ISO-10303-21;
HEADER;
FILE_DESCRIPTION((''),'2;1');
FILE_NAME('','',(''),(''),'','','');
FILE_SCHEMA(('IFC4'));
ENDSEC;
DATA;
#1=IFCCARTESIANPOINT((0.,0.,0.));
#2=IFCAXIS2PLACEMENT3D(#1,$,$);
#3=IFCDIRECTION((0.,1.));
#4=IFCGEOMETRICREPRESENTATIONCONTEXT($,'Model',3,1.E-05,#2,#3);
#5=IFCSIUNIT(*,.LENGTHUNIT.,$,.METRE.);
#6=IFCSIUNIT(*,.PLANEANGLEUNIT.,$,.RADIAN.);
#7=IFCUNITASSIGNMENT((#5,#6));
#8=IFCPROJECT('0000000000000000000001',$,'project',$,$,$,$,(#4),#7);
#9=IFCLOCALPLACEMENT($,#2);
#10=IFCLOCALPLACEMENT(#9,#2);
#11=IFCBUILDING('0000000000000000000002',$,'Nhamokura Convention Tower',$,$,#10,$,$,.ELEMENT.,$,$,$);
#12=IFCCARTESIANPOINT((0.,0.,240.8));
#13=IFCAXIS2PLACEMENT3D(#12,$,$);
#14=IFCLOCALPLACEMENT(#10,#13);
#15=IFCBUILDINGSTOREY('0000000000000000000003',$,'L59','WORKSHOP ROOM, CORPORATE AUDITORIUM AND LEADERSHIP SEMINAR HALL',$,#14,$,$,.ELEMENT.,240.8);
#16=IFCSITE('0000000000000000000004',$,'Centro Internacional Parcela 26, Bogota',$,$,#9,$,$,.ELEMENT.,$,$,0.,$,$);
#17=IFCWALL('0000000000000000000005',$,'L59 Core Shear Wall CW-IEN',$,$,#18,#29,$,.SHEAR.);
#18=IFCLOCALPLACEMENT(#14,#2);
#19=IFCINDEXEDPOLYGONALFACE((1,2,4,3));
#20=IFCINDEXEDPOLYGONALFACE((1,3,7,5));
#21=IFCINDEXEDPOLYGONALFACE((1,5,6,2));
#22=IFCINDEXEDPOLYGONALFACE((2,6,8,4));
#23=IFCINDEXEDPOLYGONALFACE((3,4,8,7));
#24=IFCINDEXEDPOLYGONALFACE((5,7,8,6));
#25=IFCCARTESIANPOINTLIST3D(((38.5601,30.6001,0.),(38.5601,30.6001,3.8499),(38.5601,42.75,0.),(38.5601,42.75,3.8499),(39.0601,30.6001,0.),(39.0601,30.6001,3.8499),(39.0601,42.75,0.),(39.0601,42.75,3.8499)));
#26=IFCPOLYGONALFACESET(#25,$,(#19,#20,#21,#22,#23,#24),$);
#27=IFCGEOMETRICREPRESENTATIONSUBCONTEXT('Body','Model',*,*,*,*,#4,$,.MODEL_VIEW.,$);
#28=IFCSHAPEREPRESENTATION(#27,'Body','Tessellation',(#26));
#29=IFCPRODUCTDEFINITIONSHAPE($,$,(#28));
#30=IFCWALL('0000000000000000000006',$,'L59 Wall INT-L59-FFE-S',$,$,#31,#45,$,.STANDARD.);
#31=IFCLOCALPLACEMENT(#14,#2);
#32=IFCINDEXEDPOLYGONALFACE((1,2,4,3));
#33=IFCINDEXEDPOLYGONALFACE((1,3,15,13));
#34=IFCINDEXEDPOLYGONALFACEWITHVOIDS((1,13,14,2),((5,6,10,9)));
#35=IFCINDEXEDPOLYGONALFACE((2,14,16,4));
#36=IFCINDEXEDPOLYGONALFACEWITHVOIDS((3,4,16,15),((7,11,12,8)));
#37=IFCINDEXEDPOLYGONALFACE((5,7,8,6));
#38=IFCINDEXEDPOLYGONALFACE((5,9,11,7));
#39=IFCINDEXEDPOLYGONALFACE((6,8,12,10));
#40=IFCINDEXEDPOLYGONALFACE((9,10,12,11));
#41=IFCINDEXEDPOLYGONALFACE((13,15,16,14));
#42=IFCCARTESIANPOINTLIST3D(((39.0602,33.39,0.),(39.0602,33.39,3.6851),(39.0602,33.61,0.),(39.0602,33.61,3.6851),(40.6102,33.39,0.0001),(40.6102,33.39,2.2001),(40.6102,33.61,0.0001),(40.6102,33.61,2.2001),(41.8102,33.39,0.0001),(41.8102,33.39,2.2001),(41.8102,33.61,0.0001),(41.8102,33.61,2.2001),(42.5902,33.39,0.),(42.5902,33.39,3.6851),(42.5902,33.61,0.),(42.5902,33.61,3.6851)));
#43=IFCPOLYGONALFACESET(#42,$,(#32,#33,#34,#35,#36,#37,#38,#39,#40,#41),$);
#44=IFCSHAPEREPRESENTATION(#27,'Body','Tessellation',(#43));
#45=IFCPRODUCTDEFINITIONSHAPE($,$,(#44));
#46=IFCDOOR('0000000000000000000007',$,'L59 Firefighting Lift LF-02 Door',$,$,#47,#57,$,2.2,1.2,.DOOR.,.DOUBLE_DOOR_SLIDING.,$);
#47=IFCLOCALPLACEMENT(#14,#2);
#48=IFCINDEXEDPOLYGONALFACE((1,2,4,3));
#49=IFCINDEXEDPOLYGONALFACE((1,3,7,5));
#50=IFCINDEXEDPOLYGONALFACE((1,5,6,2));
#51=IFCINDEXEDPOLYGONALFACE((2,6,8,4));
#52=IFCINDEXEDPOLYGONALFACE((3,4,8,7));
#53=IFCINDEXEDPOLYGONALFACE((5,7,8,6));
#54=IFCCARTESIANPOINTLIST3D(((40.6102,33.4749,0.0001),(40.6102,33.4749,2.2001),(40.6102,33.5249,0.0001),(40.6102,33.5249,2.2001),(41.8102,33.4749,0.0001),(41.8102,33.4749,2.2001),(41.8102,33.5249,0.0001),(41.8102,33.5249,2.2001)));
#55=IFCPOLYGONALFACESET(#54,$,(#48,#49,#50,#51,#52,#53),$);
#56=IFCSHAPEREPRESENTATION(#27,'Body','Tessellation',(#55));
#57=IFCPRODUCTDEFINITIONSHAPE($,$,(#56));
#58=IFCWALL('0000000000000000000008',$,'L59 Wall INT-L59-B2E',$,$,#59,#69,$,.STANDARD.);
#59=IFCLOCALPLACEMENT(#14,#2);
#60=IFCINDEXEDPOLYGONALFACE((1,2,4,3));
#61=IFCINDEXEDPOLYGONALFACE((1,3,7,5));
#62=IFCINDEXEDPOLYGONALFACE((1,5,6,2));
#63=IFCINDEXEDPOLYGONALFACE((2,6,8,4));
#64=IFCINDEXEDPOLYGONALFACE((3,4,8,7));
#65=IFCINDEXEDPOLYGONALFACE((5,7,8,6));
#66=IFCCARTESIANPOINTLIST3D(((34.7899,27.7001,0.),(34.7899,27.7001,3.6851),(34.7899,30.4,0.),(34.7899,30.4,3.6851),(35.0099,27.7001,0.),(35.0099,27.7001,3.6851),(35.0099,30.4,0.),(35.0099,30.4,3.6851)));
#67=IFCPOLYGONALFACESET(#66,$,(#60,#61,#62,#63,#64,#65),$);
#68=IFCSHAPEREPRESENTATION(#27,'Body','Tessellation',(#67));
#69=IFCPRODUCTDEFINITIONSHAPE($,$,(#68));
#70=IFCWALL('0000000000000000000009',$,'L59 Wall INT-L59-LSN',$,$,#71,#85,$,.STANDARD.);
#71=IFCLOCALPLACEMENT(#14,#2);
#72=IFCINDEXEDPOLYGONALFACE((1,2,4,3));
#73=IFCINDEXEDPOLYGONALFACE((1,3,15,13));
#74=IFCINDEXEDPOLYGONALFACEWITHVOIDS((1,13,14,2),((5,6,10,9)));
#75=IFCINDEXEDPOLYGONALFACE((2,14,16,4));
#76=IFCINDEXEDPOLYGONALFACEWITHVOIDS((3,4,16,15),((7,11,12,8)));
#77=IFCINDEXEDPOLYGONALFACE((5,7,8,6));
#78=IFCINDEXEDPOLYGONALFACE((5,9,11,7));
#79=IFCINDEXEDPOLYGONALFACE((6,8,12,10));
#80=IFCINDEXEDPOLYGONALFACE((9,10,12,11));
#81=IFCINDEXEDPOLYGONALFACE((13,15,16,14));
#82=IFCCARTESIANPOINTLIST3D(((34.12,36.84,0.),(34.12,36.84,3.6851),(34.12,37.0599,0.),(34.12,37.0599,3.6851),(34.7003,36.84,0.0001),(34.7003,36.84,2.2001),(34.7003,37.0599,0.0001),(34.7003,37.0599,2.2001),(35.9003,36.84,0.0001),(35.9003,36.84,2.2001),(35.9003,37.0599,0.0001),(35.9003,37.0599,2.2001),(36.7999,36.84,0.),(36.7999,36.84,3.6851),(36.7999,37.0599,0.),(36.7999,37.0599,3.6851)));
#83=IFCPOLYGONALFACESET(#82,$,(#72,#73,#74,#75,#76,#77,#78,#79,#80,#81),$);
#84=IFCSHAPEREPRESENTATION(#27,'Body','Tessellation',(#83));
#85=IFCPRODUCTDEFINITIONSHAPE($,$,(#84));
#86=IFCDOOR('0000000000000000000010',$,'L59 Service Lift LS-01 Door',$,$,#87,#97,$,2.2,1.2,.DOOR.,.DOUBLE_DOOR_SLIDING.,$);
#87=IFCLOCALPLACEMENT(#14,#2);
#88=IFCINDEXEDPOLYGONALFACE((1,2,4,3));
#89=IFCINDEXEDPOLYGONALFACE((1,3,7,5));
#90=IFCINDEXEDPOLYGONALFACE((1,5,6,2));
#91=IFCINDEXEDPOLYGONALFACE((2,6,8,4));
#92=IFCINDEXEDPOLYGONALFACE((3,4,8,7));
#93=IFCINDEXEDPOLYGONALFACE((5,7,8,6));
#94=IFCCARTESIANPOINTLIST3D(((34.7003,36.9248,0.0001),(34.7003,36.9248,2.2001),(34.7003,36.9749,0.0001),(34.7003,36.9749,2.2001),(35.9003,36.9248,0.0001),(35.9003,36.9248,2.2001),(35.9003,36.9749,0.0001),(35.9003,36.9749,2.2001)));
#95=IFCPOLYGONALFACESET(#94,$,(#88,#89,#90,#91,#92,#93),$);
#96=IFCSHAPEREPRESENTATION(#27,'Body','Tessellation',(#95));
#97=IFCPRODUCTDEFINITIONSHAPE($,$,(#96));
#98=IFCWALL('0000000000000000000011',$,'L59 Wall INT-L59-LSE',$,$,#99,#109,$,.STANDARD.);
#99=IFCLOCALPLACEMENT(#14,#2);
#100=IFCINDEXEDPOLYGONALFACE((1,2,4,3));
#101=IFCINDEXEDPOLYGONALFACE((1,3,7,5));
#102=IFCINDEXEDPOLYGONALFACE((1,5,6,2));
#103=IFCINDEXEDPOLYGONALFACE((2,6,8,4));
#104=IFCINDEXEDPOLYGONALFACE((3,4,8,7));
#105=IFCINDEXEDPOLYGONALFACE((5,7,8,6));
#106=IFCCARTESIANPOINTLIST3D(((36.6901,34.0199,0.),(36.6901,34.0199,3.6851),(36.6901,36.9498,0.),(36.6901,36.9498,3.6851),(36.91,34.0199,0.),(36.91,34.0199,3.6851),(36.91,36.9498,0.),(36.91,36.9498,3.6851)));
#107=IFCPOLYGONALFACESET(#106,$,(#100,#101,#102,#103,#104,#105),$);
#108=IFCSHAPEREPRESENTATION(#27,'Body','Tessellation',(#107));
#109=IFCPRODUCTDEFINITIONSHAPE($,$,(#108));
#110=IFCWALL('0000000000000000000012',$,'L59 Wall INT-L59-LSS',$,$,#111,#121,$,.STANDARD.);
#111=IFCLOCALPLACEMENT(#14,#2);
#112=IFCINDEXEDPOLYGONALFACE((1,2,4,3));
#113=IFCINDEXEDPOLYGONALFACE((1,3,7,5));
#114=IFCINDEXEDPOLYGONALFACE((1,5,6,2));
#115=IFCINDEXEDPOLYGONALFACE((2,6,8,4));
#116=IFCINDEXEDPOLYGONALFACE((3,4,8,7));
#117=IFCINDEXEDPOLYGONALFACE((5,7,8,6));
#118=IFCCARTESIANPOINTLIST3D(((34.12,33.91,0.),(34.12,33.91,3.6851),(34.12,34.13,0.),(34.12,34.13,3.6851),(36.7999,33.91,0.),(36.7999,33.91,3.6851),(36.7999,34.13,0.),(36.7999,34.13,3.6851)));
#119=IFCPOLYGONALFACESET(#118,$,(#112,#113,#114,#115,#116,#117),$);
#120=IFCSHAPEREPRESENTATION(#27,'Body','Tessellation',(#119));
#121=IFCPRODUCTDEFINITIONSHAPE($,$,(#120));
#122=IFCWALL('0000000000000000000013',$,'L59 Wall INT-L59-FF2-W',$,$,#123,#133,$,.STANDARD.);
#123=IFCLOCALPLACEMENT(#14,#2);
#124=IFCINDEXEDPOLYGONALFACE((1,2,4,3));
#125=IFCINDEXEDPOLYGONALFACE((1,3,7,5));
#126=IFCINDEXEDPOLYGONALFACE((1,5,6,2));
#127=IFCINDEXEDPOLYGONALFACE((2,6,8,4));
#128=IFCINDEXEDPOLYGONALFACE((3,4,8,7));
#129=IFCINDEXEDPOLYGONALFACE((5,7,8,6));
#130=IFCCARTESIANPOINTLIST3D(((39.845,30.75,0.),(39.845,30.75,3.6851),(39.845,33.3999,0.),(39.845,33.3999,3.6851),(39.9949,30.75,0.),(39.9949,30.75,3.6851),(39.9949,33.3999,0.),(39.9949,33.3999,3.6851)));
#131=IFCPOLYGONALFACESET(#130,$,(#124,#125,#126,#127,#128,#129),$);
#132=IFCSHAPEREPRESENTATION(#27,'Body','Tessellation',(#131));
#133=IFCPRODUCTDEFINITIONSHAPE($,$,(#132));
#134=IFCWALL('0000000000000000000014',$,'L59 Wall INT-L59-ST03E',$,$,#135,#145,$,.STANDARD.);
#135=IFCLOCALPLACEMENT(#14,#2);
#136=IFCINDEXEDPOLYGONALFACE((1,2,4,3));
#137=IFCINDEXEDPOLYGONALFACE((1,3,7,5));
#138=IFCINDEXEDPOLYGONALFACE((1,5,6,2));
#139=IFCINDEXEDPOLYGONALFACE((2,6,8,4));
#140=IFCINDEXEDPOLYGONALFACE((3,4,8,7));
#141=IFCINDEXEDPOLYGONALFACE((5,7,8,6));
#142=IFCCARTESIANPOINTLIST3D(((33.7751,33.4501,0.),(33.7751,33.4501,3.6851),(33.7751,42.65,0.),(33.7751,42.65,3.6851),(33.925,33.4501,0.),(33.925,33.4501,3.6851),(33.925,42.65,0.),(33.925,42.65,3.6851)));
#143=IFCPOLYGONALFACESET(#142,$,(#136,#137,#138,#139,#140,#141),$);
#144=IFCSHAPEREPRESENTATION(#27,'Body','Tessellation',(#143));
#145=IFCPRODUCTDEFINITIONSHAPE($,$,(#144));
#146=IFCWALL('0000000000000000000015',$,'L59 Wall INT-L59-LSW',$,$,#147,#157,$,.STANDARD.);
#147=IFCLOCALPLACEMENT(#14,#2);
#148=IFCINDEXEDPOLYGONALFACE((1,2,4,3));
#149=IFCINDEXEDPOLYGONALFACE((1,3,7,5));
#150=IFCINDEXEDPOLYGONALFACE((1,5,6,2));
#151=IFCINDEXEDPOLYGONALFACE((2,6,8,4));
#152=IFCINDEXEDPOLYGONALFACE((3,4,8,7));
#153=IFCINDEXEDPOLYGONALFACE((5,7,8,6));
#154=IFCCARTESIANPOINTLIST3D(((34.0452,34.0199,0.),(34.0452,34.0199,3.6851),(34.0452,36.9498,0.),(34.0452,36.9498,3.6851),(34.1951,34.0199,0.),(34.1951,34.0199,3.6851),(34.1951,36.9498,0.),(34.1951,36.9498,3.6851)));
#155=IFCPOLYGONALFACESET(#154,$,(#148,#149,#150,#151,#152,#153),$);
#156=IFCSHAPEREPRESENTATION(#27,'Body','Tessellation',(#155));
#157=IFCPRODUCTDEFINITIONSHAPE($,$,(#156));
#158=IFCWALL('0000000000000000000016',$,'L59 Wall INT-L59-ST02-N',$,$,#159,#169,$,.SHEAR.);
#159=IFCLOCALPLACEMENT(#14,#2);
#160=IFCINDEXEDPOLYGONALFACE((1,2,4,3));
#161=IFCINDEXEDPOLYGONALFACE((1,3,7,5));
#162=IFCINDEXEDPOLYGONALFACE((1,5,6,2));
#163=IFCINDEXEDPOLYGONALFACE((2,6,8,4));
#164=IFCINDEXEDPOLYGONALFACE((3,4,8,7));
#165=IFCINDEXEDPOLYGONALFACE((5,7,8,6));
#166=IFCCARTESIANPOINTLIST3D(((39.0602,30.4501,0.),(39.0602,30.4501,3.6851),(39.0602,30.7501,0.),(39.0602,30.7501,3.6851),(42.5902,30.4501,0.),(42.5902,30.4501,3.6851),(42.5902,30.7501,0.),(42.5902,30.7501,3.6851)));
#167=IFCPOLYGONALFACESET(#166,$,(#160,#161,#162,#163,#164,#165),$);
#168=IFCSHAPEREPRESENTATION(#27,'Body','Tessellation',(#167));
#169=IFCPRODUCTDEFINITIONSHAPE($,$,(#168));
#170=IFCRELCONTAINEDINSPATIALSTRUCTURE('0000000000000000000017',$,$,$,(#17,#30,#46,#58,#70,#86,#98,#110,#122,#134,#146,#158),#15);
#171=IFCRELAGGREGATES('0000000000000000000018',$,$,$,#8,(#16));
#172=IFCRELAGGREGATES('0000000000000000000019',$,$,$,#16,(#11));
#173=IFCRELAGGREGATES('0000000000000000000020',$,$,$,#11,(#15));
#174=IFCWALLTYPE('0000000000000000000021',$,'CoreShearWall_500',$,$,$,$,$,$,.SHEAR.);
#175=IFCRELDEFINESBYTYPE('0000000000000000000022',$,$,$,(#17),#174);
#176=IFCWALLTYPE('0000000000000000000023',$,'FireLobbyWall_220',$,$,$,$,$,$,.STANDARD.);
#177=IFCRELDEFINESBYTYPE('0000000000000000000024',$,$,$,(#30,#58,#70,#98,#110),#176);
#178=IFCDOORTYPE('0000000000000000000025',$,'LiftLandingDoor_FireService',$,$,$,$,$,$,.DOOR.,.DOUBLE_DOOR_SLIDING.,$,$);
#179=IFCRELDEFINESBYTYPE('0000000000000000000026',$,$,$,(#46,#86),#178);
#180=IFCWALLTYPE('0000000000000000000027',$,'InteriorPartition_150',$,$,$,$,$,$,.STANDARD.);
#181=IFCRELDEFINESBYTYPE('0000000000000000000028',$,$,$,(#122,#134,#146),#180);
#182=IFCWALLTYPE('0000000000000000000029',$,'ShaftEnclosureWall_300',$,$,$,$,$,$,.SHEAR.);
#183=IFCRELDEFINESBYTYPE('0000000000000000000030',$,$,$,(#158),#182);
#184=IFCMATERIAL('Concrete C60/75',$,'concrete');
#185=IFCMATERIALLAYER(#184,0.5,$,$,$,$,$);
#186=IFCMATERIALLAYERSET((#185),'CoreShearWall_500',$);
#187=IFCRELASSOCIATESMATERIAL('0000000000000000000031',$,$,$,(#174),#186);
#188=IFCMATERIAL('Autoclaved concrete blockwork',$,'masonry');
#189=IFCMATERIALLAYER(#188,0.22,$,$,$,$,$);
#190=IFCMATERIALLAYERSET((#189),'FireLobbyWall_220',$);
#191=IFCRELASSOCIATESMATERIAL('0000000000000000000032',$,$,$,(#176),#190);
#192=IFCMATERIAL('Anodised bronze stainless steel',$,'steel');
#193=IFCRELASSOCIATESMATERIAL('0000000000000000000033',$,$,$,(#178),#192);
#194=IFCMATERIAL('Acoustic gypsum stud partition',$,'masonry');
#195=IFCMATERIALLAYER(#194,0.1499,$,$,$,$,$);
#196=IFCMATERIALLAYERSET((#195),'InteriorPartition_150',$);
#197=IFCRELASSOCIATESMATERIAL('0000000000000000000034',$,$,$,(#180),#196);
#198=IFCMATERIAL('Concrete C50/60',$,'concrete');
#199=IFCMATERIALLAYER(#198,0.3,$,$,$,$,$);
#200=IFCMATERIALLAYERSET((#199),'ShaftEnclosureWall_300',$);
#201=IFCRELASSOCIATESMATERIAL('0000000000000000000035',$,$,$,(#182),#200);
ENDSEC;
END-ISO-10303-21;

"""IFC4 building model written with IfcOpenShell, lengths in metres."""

from ifc_helpers import new_model, si_unit, direction, frame, frame_2d, origin, place, context, subcontext, project, spatial, rectangle, extrude, material, layer, layer_set, type_object, element, fill, save


model = new_model("IFC4")

# Units and contexts
model_context = context("Model", 3, precision=1e-05, world=origin(), true_north=direction((0.0, 1.0)))
body_context = subcontext(model_context, "Body", "Model", "MODEL_VIEW")
ifc_project = project(units=[si_unit("LENGTHUNIT", "METRE"), si_unit("PLANEANGLEUNIT", "RADIAN")], contexts=[model_context])

# Site, building, storey
site_placement = place(None, origin())
site = spatial("IfcSite", under=ifc_project, at=site_placement, Name="Centro Internacional Parcela 26, Bogota", CompositionType="ELEMENT", RefElevation=0.0)
building_placement = place(site_placement, origin())
building = spatial("IfcBuilding", under=site, at=building_placement, Name="Nhamokura Convention Tower", CompositionType="ELEMENT")
storey_placement = place(building_placement, frame((0.0, 0.0, 240.8)))
storey = spatial("IfcBuildingStorey", under=building, at=storey_placement, Name="L59", Description="WORKSHOP ROOM, CORPORATE AUDITORIUM AND LEADERSHIP SEMINAR HALL", CompositionType="ELEMENT", Elevation=240.8)

# Shared definitions
ifc_material_1 = material(Name="Concrete C60/75", Category="concrete")
ifc_layer_1 = layer(ifc_material_1, 0.5)
ifc_layer_set_1 = layer_set([ifc_layer_1], Name="CoreShearWall_500")
wall_type_1 = type_object("IfcWallType", Name="CoreShearWall_500", PredefinedType="SHEAR", material=ifc_layer_set_1)

# Wall
wall_1_placement = place(storey_placement, frame((38.8101, 30.6001, 0.0), z_axis=(0.0, 0.0, 1.0), x_axis=(0.0, 1.0, 0.0)))
element("IfcWall", 1, at=wall_1_placement, inside=storey, type_object=wall_type_1, Name="L59 Core Shear Wall CW-IEN", PredefinedType="SHEAR", context=body_context, shape_type="SweptSolid", body=[
    extrude(rectangle(XDim=12.1499, YDim=0.5, at=frame_2d((6.075, 0.0))), origin(), (0.0, 0.0, 1.0), 3.8499),
])

# Wall, opening, door
ifc_material_2 = material(Name="Autoclaved concrete blockwork", Category="masonry")
ifc_layer_2 = layer(ifc_material_2, 0.22)
ifc_layer_set_2 = layer_set([ifc_layer_2], Name="FireLobbyWall_220")
wall_type_2 = type_object("IfcWallType", Name="FireLobbyWall_220", PredefinedType="STANDARD", material=ifc_layer_set_2)
wall_2_placement = place(storey_placement, frame((39.0601, 33.5, 0.0), z_axis=(0.0, 0.0, 1.0), x_axis=(1.0, 0.0, 0.0)))
wall_2 = element("IfcWall", 2, at=wall_2_placement, inside=storey, type_object=wall_type_2, Name="L59 Wall INT-L59-FFE-S", PredefinedType="STANDARD", context=body_context, shape_type="SweptSolid", body=[
    extrude(rectangle(XDim=3.53, YDim=0.22, at=frame_2d((1.7651, 0.0))), origin(), (0.0, 0.0, 1.0), 3.6851),
])
opening_1_placement = place(wall_2_placement, frame((1.55, 0.0, 0.0)))
opening_1 = element("IfcOpeningElement", 3, at=opening_1_placement, cuts=wall_2, PredefinedType="OPENING", context=body_context, shape_type="SweptSolid", body=[
    extrude(rectangle(XDim=1.2, YDim=2.2, at=frame_2d((0.6001, 1.1001))), frame((0.0, 0.1199, 0.0), z_axis=(0.0, -1.0, 0.0), x_axis=(1.0, 0.0, 0.0)), (0.0, 0.0, 1.0), 0.24),
])
ifc_material_3 = material(Name="Anodised bronze stainless steel", Category="steel")
door_type_1 = type_object("IfcDoorType", Name="LiftLandingDoor_FireService", OperationType="DOUBLE_DOOR_SLIDING", PredefinedType="DOOR", material=ifc_material_3)
door_1_placement = place(opening_1_placement, origin())
door_1 = element("IfcDoor", 4, at=door_1_placement, inside=storey, type_object=door_type_1, Name="L59 Firefighting Lift LF-02 Door", OperationType="DOUBLE_DOOR_SLIDING", OverallHeight=2.2, OverallWidth=1.2, PredefinedType="DOOR", context=body_context, shape_type="SweptSolid", body=[
    extrude(rectangle(XDim=1.2, YDim=2.2, at=frame_2d((0.6001, 1.1001))), frame((0.0, 0.0249, 0.0), z_axis=(0.0, -1.0, 0.0), x_axis=(1.0, 0.0, 0.0)), (0.0, 0.0, 1.0), 0.05),
])
fill(opening_1, door_1)

# Wall
wall_3_placement = place(storey_placement, frame((34.8999, 27.7, 0.0), z_axis=(0.0, 0.0, 1.0), x_axis=(0.0, 1.0, 0.0)))
element("IfcWall", 5, at=wall_3_placement, inside=storey, type_object=wall_type_2, Name="L59 Wall INT-L59-B2E", PredefinedType="STANDARD", context=body_context, shape_type="SweptSolid", body=[
    extrude(rectangle(XDim=2.7, YDim=0.22, at=frame_2d((1.3501, 0.0))), origin(), (0.0, 0.0, 1.0), 3.6851),
])

# Wall, opening, door
wall_4_placement = place(storey_placement, frame((34.1201, 36.95, 0.0), z_axis=(0.0, 0.0, 1.0), x_axis=(1.0, 0.0, 0.0)))
wall_4 = element("IfcWall", 6, at=wall_4_placement, inside=storey, type_object=wall_type_2, Name="L59 Wall INT-L59-LSN", PredefinedType="STANDARD", context=body_context, shape_type="SweptSolid", body=[
    extrude(rectangle(XDim=2.6799, YDim=0.22, at=frame_2d((1.3398, 0.0))), origin(), (0.0, 0.0, 1.0), 3.6851),
])
opening_2_placement = place(wall_4_placement, frame((0.5801, 0.0, 0.0)))
opening_2 = element("IfcOpeningElement", 7, at=opening_2_placement, cuts=wall_4, PredefinedType="OPENING", context=body_context, shape_type="SweptSolid", body=[
    extrude(rectangle(XDim=1.2, YDim=2.2, at=frame_2d((0.6001, 1.1001))), frame((0.0, 0.1199, 0.0), z_axis=(0.0, -1.0, 0.0), x_axis=(1.0, 0.0, 0.0)), (0.0, 0.0, 1.0), 0.24),
])
door_2_placement = place(opening_2_placement, origin())
door_2 = element("IfcDoor", 8, at=door_2_placement, inside=storey, type_object=door_type_1, Name="L59 Service Lift LS-01 Door", OperationType="DOUBLE_DOOR_SLIDING", OverallHeight=2.2, OverallWidth=1.2, PredefinedType="DOOR", context=body_context, shape_type="SweptSolid", body=[
    extrude(rectangle(XDim=1.2, YDim=2.2, at=frame_2d((0.6001, 1.1001))), frame((0.0, 0.0249, 0.0), z_axis=(0.0, -1.0, 0.0), x_axis=(1.0, 0.0, 0.0)), (0.0, 0.0, 1.0), 0.05),
])
fill(opening_2, door_2)

# Walls
wall_5_placement = place(storey_placement, frame((36.8, 34.02, 0.0), z_axis=(0.0, 0.0, 1.0), x_axis=(0.0, 1.0, 0.0)))
element("IfcWall", 9, at=wall_5_placement, inside=storey, type_object=wall_type_2, Name="L59 Wall INT-L59-LSE", PredefinedType="STANDARD", context=body_context, shape_type="SweptSolid", body=[
    extrude(rectangle(XDim=2.9299, YDim=0.22, at=frame_2d((1.4648, 0.0))), origin(), (0.0, 0.0, 1.0), 3.6851),
])
wall_6_placement = place(storey_placement, frame((34.1201, 34.02, 0.0), z_axis=(0.0, 0.0, 1.0), x_axis=(1.0, 0.0, 0.0)))
element("IfcWall", 10, at=wall_6_placement, inside=storey, type_object=wall_type_2, Name="L59 Wall INT-L59-LSS", PredefinedType="STANDARD", context=body_context, shape_type="SweptSolid", body=[
    extrude(rectangle(XDim=2.6799, YDim=0.22, at=frame_2d((1.3398, 0.0))), origin(), (0.0, 0.0, 1.0), 3.6851),
])
ifc_material_4 = material(Name="Acoustic gypsum stud partition", Category="masonry")
ifc_layer_3 = layer(ifc_material_4, 0.1499)
ifc_layer_set_3 = layer_set([ifc_layer_3], Name="InteriorPartition_150")
wall_type_3 = type_object("IfcWallType", Name="InteriorPartition_150", PredefinedType="STANDARD", material=ifc_layer_set_3)
wall_7_placement = place(storey_placement, frame((39.9199, 30.75, 0.0), z_axis=(0.0, 0.0, 1.0), x_axis=(0.0, 1.0, 0.0)))
element("IfcWall", 11, at=wall_7_placement, inside=storey, type_object=wall_type_3, Name="L59 Wall INT-L59-FF2-W", PredefinedType="STANDARD", context=body_context, shape_type="SweptSolid", body=[
    extrude(rectangle(XDim=2.6499, YDim=0.1499, at=frame_2d((1.325, 0.0))), origin(), (0.0, 0.0, 1.0), 3.6851),
])
wall_8_placement = place(storey_placement, frame((33.8501, 33.45, 0.0), z_axis=(0.0, 0.0, 1.0), x_axis=(0.0, 1.0, 0.0)))
element("IfcWall", 12, at=wall_8_placement, inside=storey, type_object=wall_type_3, Name="L59 Wall INT-L59-ST03E", PredefinedType="STANDARD", context=body_context, shape_type="SweptSolid", body=[
    extrude(rectangle(XDim=9.2, YDim=0.1499, at=frame_2d((4.6001, 0.0))), origin(), (0.0, 0.0, 1.0), 3.6851),
])
wall_9_placement = place(storey_placement, frame((34.1201, 34.02, 0.0), z_axis=(0.0, 0.0, 1.0), x_axis=(0.0, 1.0, 0.0)))
element("IfcWall", 13, at=wall_9_placement, inside=storey, type_object=wall_type_3, Name="L59 Wall INT-L59-LSW", PredefinedType="STANDARD", context=body_context, shape_type="SweptSolid", body=[
    extrude(rectangle(XDim=2.9299, YDim=0.1499, at=frame_2d((1.4648, 0.0))), origin(), (0.0, 0.0, 1.0), 3.6851),
])
ifc_material_5 = material(Name="Concrete C50/60", Category="concrete")
ifc_layer_4 = layer(ifc_material_5, 0.3)
ifc_layer_set_4 = layer_set([ifc_layer_4], Name="ShaftEnclosureWall_300")
wall_type_4 = type_object("IfcWallType", Name="ShaftEnclosureWall_300", PredefinedType="SHEAR", material=ifc_layer_set_4)
wall_10_placement = place(storey_placement, frame((39.0601, 30.6001, 0.0), z_axis=(0.0, 0.0, 1.0), x_axis=(1.0, 0.0, 0.0)))
element("IfcWall", 14, at=wall_10_placement, inside=storey, type_object=wall_type_4, Name="L59 Wall INT-L59-ST02-N", PredefinedType="SHEAR", context=body_context, shape_type="SweptSolid", body=[
    extrude(rectangle(XDim=3.53, YDim=0.3, at=frame_2d((1.7651, 0.0))), origin(), (0.0, 0.0, 1.0), 3.6851),
])

save(model, "model.ifc")
